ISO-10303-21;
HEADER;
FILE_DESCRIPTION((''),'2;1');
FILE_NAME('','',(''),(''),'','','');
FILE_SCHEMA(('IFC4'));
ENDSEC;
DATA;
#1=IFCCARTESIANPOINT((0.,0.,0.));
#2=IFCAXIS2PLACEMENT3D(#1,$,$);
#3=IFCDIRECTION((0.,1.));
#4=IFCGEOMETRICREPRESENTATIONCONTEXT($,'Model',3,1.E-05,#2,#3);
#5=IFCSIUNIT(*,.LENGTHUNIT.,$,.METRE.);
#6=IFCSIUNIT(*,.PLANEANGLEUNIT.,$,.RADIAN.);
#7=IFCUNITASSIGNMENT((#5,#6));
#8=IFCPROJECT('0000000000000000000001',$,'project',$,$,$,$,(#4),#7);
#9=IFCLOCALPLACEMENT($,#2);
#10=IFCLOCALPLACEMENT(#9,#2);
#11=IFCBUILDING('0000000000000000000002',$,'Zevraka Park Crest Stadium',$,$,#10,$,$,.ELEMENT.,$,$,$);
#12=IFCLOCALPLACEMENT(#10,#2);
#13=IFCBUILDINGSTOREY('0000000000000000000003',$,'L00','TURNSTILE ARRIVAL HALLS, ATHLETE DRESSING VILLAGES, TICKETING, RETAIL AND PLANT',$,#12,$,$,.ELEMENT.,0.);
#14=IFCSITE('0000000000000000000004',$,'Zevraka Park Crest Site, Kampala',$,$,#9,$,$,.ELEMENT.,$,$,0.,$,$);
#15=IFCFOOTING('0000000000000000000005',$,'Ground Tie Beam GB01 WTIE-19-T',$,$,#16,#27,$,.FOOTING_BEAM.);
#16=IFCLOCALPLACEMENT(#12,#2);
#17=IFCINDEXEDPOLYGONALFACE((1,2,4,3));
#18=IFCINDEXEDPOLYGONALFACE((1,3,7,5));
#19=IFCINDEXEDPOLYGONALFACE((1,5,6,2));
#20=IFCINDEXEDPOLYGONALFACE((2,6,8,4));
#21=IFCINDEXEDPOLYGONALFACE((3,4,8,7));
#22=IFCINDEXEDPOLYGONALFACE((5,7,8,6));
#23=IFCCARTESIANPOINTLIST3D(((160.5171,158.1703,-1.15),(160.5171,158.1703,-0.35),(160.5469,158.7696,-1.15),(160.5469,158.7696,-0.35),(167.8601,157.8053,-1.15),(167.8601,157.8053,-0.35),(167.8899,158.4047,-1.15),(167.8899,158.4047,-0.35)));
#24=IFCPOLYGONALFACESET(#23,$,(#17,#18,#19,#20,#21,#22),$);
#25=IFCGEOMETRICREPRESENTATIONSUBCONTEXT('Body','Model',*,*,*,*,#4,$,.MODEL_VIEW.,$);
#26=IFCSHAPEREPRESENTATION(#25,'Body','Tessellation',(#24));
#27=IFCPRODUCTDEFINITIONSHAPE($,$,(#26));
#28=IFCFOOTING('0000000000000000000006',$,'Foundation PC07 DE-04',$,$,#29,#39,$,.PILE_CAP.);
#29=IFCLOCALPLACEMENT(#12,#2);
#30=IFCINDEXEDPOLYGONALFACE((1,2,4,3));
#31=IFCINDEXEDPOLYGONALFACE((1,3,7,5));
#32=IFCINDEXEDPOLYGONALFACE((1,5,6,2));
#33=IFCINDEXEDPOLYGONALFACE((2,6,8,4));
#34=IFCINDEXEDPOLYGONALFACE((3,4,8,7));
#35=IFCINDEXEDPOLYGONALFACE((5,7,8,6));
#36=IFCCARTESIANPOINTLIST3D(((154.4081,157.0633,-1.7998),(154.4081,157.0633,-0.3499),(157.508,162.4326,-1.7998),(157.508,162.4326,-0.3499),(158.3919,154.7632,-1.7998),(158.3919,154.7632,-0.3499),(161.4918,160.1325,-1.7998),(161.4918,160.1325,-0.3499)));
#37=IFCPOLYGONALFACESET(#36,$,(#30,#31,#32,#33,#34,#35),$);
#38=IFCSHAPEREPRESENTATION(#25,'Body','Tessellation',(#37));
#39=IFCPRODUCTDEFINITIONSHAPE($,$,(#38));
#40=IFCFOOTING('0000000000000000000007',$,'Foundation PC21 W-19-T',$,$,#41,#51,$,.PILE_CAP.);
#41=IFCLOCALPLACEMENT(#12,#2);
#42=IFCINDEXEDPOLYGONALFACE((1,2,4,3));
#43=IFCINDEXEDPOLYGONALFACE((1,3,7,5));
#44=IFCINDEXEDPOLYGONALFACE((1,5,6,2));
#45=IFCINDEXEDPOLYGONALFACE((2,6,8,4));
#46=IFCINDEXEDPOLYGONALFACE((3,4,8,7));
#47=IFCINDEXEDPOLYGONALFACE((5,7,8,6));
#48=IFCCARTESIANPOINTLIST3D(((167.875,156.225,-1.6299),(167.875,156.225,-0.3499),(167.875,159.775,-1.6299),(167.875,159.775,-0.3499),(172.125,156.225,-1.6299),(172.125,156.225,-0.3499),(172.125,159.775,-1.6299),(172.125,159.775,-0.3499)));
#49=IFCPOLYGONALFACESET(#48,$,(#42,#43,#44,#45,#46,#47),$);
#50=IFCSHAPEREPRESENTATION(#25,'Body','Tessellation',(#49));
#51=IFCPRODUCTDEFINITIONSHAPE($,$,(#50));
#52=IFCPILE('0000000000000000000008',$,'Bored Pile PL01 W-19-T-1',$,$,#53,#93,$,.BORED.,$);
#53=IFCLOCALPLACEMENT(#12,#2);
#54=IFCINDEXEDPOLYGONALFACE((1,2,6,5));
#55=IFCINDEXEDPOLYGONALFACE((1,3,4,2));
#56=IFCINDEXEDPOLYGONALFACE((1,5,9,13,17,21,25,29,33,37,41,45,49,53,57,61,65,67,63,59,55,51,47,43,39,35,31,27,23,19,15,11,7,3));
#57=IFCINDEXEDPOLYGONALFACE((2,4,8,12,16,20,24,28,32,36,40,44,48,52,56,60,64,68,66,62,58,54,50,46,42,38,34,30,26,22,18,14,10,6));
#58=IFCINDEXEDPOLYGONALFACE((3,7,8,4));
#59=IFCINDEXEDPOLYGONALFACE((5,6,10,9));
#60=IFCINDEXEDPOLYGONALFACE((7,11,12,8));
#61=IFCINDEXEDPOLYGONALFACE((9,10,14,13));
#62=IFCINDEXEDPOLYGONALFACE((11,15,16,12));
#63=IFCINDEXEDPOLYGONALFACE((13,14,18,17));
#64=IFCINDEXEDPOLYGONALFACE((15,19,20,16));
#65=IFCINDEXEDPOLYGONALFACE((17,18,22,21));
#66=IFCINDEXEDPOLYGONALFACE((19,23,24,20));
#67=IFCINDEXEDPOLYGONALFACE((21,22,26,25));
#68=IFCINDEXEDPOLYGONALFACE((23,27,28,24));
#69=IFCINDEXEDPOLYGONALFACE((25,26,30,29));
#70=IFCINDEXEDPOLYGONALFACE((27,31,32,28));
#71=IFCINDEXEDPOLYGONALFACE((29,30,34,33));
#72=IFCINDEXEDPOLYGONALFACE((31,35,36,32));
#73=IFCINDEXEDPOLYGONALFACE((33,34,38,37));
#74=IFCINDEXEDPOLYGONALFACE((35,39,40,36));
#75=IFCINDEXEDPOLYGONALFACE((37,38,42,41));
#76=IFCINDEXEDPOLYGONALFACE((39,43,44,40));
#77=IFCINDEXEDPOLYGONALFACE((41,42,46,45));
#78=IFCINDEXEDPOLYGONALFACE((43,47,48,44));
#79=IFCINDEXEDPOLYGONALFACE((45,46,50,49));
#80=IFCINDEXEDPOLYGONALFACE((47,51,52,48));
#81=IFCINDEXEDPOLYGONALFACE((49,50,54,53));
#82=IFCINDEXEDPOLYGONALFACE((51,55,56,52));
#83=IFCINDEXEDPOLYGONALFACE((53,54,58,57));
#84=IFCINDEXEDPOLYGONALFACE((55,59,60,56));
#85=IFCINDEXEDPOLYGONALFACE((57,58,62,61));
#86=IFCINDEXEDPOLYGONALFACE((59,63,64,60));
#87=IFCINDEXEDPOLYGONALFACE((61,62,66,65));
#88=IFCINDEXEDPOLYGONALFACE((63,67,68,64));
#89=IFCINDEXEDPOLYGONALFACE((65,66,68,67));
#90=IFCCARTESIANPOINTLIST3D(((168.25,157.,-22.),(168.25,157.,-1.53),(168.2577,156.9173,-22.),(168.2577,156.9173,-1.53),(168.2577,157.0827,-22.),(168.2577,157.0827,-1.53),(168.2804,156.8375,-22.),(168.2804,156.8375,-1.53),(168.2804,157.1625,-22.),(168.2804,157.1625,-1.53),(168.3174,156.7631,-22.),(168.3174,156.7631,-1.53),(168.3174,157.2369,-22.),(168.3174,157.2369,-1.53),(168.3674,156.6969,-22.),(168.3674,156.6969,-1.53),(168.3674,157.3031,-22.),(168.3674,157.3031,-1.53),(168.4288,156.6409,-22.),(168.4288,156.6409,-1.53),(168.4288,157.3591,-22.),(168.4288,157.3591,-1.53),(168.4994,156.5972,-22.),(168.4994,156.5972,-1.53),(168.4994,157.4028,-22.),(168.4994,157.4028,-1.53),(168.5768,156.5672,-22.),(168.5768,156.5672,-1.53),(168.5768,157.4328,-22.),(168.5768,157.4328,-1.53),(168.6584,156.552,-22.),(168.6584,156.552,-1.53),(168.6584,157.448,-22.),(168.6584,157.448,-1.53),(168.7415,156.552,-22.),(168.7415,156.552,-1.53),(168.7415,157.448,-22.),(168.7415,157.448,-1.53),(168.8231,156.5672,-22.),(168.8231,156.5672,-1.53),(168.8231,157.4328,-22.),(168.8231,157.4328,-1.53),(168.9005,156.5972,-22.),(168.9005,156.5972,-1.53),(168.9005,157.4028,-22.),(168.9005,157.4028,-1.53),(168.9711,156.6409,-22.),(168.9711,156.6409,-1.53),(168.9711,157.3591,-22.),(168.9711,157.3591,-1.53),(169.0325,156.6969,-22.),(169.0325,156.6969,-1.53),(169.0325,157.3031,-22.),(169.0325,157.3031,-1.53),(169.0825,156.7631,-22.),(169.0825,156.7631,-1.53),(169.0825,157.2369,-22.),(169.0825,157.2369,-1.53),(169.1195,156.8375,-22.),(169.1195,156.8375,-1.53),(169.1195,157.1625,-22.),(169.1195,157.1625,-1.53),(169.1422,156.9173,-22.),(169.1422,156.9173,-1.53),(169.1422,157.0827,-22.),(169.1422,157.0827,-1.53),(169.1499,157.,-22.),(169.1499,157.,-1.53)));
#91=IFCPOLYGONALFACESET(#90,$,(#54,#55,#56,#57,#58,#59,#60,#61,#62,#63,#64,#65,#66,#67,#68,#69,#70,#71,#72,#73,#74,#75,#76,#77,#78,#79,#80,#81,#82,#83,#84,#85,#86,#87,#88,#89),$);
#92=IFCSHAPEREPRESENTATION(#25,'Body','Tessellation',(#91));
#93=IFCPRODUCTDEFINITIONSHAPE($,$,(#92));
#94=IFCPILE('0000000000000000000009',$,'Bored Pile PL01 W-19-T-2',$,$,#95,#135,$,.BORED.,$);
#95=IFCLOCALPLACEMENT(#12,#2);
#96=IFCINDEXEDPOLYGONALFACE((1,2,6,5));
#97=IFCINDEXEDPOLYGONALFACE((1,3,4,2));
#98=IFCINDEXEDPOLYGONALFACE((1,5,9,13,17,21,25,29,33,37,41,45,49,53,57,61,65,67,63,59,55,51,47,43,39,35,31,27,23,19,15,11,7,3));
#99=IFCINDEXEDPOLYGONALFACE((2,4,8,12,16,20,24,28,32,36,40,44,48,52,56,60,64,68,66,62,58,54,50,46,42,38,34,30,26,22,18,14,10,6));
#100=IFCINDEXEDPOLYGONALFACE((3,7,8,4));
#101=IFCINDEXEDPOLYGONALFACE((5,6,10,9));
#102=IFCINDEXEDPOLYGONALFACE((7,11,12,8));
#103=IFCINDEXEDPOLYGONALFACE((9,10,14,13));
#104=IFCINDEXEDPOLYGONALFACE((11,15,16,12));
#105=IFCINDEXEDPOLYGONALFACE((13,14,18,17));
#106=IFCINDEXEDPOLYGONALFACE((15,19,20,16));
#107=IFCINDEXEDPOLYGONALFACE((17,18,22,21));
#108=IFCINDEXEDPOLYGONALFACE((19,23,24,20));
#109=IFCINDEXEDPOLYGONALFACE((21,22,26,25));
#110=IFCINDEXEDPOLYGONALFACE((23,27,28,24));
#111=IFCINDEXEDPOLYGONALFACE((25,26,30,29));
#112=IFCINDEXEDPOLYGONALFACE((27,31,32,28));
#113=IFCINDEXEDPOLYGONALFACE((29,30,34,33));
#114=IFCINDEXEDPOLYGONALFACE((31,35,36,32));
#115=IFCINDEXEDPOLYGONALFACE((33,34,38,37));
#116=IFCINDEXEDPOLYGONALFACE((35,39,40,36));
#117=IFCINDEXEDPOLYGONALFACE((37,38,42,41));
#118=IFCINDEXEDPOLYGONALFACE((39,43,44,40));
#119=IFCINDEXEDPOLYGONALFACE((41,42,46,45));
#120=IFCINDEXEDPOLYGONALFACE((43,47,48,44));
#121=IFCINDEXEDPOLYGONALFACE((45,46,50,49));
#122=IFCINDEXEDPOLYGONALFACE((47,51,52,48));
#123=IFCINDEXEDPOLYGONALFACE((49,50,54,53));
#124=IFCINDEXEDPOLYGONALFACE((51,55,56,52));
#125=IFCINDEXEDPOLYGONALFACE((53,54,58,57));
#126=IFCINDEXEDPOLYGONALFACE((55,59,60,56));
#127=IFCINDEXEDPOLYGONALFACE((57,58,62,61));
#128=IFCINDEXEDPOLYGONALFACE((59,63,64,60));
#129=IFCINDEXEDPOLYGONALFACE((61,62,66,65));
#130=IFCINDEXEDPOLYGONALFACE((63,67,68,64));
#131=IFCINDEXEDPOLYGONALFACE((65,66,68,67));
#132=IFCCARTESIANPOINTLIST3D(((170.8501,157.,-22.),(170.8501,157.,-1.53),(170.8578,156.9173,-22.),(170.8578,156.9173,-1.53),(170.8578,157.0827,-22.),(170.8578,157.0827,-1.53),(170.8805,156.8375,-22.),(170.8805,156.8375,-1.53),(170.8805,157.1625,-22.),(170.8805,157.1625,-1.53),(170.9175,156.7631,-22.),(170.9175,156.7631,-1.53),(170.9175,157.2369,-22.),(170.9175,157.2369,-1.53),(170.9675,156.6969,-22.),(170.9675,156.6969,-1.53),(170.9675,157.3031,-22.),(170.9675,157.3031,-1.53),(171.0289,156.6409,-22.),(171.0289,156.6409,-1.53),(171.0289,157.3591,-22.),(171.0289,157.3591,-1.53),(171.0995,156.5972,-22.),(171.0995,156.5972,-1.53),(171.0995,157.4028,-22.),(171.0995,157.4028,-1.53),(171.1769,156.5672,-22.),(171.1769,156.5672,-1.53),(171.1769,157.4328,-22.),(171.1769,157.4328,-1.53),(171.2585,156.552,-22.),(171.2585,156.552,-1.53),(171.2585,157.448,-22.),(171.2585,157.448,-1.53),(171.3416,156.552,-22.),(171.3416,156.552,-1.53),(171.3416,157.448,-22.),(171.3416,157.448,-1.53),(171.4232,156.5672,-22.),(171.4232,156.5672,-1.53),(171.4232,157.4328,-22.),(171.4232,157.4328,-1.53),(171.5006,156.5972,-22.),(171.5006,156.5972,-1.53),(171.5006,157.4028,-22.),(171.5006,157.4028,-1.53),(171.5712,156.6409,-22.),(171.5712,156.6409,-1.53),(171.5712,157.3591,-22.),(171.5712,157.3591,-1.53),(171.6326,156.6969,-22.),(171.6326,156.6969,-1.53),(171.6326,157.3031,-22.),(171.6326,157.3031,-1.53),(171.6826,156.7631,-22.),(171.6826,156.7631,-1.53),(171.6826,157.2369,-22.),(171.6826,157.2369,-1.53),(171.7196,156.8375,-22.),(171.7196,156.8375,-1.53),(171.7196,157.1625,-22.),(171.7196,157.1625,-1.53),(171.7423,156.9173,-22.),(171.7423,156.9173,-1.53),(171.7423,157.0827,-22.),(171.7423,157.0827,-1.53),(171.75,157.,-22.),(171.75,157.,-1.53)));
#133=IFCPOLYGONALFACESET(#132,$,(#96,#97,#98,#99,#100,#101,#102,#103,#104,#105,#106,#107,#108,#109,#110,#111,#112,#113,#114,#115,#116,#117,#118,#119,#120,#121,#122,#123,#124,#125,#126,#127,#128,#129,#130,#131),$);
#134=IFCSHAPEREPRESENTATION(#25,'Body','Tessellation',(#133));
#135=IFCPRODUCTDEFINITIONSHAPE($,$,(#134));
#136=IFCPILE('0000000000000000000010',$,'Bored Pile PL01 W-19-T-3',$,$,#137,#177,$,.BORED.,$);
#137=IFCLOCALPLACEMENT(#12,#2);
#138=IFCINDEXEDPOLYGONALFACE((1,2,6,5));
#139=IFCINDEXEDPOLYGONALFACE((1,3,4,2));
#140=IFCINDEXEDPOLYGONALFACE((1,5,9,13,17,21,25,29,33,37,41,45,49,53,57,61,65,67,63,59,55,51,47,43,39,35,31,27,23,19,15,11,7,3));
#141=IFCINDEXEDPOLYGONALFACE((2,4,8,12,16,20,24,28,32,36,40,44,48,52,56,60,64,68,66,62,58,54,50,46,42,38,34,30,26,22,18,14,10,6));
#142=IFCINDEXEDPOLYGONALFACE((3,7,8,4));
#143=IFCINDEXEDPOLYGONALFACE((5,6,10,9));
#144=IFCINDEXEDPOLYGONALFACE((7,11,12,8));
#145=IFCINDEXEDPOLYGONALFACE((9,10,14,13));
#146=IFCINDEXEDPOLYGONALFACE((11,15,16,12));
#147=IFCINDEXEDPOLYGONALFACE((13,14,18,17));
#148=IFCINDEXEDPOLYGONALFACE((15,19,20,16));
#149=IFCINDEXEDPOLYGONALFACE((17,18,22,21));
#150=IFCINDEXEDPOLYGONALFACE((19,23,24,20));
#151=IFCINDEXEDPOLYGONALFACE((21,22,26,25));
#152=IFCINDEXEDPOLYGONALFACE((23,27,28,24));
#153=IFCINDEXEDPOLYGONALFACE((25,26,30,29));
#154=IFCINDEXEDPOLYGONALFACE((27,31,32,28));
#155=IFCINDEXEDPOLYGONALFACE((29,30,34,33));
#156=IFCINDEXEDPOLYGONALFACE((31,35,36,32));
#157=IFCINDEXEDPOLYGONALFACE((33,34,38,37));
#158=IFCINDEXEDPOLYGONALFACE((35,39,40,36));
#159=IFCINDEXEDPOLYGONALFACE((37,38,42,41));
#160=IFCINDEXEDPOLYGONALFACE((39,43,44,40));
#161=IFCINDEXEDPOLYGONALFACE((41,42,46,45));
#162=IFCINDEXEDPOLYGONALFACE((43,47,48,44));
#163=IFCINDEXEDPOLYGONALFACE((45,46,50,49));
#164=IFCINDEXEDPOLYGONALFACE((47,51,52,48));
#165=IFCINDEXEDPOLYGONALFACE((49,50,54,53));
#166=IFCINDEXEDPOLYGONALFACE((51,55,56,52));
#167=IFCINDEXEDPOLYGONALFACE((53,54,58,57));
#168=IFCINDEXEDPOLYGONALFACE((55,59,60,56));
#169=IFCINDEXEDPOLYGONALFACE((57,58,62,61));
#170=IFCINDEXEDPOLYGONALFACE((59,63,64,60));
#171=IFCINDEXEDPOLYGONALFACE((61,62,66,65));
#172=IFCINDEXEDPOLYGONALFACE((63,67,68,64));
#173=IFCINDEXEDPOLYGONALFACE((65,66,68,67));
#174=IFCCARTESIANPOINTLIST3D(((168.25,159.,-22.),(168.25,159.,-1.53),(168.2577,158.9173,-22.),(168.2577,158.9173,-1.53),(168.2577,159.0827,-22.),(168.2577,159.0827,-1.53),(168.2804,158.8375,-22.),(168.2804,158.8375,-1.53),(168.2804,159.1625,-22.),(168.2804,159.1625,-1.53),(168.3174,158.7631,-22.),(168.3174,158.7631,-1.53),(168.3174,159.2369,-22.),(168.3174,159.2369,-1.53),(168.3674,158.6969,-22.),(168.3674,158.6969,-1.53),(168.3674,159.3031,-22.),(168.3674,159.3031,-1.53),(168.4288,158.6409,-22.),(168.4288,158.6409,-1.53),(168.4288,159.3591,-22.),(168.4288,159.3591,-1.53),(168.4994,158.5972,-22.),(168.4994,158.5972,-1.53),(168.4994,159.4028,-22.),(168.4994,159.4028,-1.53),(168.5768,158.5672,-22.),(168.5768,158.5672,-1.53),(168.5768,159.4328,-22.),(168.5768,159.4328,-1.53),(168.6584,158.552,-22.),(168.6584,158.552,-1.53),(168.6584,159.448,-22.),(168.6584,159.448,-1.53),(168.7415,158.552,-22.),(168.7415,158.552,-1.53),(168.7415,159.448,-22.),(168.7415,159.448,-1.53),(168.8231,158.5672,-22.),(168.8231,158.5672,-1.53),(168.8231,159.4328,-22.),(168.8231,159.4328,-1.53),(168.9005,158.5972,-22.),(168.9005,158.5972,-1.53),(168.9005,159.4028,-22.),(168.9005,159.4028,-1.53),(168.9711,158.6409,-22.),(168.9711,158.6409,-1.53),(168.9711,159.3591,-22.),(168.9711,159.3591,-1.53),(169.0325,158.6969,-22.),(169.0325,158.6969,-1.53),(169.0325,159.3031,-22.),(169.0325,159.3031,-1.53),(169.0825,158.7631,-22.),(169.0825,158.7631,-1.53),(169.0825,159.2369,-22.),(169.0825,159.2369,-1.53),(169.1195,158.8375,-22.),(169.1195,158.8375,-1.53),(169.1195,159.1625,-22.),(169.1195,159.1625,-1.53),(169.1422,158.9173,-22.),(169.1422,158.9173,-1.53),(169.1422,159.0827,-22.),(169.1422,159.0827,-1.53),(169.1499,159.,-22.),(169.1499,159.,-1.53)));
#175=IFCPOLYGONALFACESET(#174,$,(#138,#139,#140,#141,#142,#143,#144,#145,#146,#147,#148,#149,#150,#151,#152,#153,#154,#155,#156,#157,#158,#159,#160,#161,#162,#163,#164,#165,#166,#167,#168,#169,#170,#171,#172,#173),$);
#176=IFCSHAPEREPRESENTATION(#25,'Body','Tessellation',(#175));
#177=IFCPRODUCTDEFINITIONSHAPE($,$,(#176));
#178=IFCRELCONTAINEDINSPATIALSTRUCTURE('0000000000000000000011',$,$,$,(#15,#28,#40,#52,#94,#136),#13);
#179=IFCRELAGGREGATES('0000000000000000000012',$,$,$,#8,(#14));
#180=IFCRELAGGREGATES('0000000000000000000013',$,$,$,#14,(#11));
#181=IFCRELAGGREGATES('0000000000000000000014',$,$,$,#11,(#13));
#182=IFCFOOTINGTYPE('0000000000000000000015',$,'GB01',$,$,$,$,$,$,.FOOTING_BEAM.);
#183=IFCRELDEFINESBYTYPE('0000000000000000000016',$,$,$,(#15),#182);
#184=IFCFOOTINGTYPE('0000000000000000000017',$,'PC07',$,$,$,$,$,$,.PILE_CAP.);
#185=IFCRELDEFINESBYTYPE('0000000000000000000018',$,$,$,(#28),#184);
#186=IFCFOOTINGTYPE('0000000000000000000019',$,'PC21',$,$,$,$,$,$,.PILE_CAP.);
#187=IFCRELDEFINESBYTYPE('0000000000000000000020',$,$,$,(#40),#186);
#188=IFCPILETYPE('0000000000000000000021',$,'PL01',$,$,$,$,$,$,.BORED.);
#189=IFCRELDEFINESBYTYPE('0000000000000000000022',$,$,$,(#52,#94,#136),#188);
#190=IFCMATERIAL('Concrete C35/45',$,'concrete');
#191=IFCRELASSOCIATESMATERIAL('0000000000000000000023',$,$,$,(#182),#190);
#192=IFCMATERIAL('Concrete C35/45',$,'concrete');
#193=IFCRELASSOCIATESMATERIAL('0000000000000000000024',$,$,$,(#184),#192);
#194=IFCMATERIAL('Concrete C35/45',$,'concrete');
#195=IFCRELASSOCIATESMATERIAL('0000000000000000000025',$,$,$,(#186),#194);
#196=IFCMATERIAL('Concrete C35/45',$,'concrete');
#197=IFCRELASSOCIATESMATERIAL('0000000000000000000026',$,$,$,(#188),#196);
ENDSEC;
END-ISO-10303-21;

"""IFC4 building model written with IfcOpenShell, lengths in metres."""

from ifc_helpers import new_model, si_unit, direction, frame, origin, origin_2d, place, context, subcontext, project, spatial, rectangle, circle, extrude, material, material_profile, profile_set, type_object, element, save


model = new_model("IFC4")

# Units and contexts
model_context = context("Model", 3, precision=1e-05, world=origin(), true_north=direction((0.0, 1.0)))
body_context = subcontext(model_context, "Body", "Model", "MODEL_VIEW")
ifc_project = project(units=[si_unit("LENGTHUNIT", "METRE"), si_unit("PLANEANGLEUNIT", "RADIAN")], contexts=[model_context])

# Site, building, storey
site_placement = place(None, origin())
site = spatial("IfcSite", under=ifc_project, at=site_placement, Name="Zevraka Park Crest Site, Kampala", CompositionType="ELEMENT", RefElevation=0.0)
building_placement = place(site_placement, origin())
building = spatial("IfcBuilding", under=site, at=building_placement, Name="Zevraka Park Crest Stadium", CompositionType="ELEMENT")
storey_placement = place(building_placement, origin())
storey = spatial("IfcBuildingStorey", under=building, at=storey_placement, Name="L00", Description="TURNSTILE ARRIVAL HALLS, ATHLETE DRESSING VILLAGES, TICKETING, RETAIL AND PLANT", CompositionType="ELEMENT", Elevation=0.0)

# Footings
ifc_material_1 = material(Name="Concrete C35/45", Category="concrete")
ifc_material_profile_1 = material_profile(ifc_material_1, rectangle(XDim=0.6001, YDim=0.8, at=origin_2d()), Name="GB 800x600")
ifc_profile_set_1 = profile_set([ifc_material_profile_1], Name="Concrete C35/45")
footing_type_1 = type_object("IfcFootingType", Name="GB01", PredefinedType="FOOTING_BEAM", material=ifc_profile_set_1)
footing_1_placement = place(storey_placement, frame((167.875, 158.105, -0.75), z_axis=(-0.998767, 0.049644, 0.0), x_axis=(-0.049644, -0.998767, 0.0)))
element("IfcFooting", 1, at=footing_1_placement, inside=storey, type_object=footing_type_1, Name="Ground Tie Beam GB01 WTIE-19-T", PredefinedType="FOOTING_BEAM", context=body_context, shape_type="SweptSolid", body=[
    extrude(rectangle(XDim=0.6001, YDim=0.8, at=origin_2d()), origin(), (0.0, 0.0, 1.0), 7.3521),
])
ifc_material_2 = material(Name="Concrete C35/45", Category="concrete")
footing_type_2 = type_object("IfcFootingType", Name="PC07", PredefinedType="PILE_CAP", material=ifc_material_2)
footing_2_placement = place(storey_placement, frame((157.95, 158.5979, -1.7998), z_axis=(0.0, 0.0, 1.0), x_axis=(0.5, 0.866025, 0.0)))
element("IfcFooting", 2, at=footing_2_placement, inside=storey, type_object=footing_type_2, Name="Foundation PC07 DE-04", PredefinedType="PILE_CAP", context=body_context, shape_type="SweptSolid", body=[
    extrude(rectangle(XDim=6.2, YDim=4.6001, at=origin_2d()), origin(), (0.0, 0.0, 1.0), 1.45),
])
ifc_material_3 = material(Name="Concrete C35/45", Category="concrete")
footing_type_3 = type_object("IfcFootingType", Name="PC21", PredefinedType="PILE_CAP", material=ifc_material_3)
footing_3_placement = place(storey_placement, frame((170.0, 158.0, -1.6299), z_axis=(0.0, 0.0, 1.0), x_axis=(1.0, 0.0, 0.0)))
element("IfcFooting", 3, at=footing_3_placement, inside=storey, type_object=footing_type_3, Name="Foundation PC21 W-19-T", PredefinedType="PILE_CAP", context=body_context, shape_type="SweptSolid", body=[
    extrude(rectangle(XDim=4.25, YDim=3.55, at=origin_2d()), origin(), (0.0, 0.0, 1.0), 1.28),
])

# Piles
ifc_material_4 = material(Name="Concrete C35/45", Category="concrete")
ifc_material_profile_2 = material_profile(ifc_material_4, circle(Radius=0.45, at=origin_2d()), Name="PILE D900")
ifc_profile_set_2 = profile_set([ifc_material_profile_2], Name="Concrete C35/45")
pile_type_1 = type_object("IfcPileType", Name="PL01", PredefinedType="BORED", material=ifc_profile_set_2)
for number, where, z_axis, x_axis, name in (
    (4, (168.7, 157.0, -1.53), (0.0, 0.0, -1.0), (1.0, 0.0, 0.0), "Bored Pile PL01 W-19-T-1"),
    (5, (171.3, 157.0, -1.53), (0.0, 0.0, -1.0), (1.0, 0.0, 0.0), "Bored Pile PL01 W-19-T-2"),
    (6, (168.7, 159.0, -1.53), (0.0, 0.0, -1.0), (1.0, 0.0, 0.0), "Bored Pile PL01 W-19-T-3"),
):
    element("IfcPile", number, at=place(storey_placement, frame(where, z_axis=z_axis, x_axis=x_axis)), inside=storey, type_object=pile_type_1, Name=name, PredefinedType="BORED", context=body_context, shape_type="SweptSolid", body=[
        extrude(circle(Radius=0.45, at=origin_2d()), origin(), (0.0, 0.0, 1.0), 20.47),
    ])

save(model, "model.ifc")
